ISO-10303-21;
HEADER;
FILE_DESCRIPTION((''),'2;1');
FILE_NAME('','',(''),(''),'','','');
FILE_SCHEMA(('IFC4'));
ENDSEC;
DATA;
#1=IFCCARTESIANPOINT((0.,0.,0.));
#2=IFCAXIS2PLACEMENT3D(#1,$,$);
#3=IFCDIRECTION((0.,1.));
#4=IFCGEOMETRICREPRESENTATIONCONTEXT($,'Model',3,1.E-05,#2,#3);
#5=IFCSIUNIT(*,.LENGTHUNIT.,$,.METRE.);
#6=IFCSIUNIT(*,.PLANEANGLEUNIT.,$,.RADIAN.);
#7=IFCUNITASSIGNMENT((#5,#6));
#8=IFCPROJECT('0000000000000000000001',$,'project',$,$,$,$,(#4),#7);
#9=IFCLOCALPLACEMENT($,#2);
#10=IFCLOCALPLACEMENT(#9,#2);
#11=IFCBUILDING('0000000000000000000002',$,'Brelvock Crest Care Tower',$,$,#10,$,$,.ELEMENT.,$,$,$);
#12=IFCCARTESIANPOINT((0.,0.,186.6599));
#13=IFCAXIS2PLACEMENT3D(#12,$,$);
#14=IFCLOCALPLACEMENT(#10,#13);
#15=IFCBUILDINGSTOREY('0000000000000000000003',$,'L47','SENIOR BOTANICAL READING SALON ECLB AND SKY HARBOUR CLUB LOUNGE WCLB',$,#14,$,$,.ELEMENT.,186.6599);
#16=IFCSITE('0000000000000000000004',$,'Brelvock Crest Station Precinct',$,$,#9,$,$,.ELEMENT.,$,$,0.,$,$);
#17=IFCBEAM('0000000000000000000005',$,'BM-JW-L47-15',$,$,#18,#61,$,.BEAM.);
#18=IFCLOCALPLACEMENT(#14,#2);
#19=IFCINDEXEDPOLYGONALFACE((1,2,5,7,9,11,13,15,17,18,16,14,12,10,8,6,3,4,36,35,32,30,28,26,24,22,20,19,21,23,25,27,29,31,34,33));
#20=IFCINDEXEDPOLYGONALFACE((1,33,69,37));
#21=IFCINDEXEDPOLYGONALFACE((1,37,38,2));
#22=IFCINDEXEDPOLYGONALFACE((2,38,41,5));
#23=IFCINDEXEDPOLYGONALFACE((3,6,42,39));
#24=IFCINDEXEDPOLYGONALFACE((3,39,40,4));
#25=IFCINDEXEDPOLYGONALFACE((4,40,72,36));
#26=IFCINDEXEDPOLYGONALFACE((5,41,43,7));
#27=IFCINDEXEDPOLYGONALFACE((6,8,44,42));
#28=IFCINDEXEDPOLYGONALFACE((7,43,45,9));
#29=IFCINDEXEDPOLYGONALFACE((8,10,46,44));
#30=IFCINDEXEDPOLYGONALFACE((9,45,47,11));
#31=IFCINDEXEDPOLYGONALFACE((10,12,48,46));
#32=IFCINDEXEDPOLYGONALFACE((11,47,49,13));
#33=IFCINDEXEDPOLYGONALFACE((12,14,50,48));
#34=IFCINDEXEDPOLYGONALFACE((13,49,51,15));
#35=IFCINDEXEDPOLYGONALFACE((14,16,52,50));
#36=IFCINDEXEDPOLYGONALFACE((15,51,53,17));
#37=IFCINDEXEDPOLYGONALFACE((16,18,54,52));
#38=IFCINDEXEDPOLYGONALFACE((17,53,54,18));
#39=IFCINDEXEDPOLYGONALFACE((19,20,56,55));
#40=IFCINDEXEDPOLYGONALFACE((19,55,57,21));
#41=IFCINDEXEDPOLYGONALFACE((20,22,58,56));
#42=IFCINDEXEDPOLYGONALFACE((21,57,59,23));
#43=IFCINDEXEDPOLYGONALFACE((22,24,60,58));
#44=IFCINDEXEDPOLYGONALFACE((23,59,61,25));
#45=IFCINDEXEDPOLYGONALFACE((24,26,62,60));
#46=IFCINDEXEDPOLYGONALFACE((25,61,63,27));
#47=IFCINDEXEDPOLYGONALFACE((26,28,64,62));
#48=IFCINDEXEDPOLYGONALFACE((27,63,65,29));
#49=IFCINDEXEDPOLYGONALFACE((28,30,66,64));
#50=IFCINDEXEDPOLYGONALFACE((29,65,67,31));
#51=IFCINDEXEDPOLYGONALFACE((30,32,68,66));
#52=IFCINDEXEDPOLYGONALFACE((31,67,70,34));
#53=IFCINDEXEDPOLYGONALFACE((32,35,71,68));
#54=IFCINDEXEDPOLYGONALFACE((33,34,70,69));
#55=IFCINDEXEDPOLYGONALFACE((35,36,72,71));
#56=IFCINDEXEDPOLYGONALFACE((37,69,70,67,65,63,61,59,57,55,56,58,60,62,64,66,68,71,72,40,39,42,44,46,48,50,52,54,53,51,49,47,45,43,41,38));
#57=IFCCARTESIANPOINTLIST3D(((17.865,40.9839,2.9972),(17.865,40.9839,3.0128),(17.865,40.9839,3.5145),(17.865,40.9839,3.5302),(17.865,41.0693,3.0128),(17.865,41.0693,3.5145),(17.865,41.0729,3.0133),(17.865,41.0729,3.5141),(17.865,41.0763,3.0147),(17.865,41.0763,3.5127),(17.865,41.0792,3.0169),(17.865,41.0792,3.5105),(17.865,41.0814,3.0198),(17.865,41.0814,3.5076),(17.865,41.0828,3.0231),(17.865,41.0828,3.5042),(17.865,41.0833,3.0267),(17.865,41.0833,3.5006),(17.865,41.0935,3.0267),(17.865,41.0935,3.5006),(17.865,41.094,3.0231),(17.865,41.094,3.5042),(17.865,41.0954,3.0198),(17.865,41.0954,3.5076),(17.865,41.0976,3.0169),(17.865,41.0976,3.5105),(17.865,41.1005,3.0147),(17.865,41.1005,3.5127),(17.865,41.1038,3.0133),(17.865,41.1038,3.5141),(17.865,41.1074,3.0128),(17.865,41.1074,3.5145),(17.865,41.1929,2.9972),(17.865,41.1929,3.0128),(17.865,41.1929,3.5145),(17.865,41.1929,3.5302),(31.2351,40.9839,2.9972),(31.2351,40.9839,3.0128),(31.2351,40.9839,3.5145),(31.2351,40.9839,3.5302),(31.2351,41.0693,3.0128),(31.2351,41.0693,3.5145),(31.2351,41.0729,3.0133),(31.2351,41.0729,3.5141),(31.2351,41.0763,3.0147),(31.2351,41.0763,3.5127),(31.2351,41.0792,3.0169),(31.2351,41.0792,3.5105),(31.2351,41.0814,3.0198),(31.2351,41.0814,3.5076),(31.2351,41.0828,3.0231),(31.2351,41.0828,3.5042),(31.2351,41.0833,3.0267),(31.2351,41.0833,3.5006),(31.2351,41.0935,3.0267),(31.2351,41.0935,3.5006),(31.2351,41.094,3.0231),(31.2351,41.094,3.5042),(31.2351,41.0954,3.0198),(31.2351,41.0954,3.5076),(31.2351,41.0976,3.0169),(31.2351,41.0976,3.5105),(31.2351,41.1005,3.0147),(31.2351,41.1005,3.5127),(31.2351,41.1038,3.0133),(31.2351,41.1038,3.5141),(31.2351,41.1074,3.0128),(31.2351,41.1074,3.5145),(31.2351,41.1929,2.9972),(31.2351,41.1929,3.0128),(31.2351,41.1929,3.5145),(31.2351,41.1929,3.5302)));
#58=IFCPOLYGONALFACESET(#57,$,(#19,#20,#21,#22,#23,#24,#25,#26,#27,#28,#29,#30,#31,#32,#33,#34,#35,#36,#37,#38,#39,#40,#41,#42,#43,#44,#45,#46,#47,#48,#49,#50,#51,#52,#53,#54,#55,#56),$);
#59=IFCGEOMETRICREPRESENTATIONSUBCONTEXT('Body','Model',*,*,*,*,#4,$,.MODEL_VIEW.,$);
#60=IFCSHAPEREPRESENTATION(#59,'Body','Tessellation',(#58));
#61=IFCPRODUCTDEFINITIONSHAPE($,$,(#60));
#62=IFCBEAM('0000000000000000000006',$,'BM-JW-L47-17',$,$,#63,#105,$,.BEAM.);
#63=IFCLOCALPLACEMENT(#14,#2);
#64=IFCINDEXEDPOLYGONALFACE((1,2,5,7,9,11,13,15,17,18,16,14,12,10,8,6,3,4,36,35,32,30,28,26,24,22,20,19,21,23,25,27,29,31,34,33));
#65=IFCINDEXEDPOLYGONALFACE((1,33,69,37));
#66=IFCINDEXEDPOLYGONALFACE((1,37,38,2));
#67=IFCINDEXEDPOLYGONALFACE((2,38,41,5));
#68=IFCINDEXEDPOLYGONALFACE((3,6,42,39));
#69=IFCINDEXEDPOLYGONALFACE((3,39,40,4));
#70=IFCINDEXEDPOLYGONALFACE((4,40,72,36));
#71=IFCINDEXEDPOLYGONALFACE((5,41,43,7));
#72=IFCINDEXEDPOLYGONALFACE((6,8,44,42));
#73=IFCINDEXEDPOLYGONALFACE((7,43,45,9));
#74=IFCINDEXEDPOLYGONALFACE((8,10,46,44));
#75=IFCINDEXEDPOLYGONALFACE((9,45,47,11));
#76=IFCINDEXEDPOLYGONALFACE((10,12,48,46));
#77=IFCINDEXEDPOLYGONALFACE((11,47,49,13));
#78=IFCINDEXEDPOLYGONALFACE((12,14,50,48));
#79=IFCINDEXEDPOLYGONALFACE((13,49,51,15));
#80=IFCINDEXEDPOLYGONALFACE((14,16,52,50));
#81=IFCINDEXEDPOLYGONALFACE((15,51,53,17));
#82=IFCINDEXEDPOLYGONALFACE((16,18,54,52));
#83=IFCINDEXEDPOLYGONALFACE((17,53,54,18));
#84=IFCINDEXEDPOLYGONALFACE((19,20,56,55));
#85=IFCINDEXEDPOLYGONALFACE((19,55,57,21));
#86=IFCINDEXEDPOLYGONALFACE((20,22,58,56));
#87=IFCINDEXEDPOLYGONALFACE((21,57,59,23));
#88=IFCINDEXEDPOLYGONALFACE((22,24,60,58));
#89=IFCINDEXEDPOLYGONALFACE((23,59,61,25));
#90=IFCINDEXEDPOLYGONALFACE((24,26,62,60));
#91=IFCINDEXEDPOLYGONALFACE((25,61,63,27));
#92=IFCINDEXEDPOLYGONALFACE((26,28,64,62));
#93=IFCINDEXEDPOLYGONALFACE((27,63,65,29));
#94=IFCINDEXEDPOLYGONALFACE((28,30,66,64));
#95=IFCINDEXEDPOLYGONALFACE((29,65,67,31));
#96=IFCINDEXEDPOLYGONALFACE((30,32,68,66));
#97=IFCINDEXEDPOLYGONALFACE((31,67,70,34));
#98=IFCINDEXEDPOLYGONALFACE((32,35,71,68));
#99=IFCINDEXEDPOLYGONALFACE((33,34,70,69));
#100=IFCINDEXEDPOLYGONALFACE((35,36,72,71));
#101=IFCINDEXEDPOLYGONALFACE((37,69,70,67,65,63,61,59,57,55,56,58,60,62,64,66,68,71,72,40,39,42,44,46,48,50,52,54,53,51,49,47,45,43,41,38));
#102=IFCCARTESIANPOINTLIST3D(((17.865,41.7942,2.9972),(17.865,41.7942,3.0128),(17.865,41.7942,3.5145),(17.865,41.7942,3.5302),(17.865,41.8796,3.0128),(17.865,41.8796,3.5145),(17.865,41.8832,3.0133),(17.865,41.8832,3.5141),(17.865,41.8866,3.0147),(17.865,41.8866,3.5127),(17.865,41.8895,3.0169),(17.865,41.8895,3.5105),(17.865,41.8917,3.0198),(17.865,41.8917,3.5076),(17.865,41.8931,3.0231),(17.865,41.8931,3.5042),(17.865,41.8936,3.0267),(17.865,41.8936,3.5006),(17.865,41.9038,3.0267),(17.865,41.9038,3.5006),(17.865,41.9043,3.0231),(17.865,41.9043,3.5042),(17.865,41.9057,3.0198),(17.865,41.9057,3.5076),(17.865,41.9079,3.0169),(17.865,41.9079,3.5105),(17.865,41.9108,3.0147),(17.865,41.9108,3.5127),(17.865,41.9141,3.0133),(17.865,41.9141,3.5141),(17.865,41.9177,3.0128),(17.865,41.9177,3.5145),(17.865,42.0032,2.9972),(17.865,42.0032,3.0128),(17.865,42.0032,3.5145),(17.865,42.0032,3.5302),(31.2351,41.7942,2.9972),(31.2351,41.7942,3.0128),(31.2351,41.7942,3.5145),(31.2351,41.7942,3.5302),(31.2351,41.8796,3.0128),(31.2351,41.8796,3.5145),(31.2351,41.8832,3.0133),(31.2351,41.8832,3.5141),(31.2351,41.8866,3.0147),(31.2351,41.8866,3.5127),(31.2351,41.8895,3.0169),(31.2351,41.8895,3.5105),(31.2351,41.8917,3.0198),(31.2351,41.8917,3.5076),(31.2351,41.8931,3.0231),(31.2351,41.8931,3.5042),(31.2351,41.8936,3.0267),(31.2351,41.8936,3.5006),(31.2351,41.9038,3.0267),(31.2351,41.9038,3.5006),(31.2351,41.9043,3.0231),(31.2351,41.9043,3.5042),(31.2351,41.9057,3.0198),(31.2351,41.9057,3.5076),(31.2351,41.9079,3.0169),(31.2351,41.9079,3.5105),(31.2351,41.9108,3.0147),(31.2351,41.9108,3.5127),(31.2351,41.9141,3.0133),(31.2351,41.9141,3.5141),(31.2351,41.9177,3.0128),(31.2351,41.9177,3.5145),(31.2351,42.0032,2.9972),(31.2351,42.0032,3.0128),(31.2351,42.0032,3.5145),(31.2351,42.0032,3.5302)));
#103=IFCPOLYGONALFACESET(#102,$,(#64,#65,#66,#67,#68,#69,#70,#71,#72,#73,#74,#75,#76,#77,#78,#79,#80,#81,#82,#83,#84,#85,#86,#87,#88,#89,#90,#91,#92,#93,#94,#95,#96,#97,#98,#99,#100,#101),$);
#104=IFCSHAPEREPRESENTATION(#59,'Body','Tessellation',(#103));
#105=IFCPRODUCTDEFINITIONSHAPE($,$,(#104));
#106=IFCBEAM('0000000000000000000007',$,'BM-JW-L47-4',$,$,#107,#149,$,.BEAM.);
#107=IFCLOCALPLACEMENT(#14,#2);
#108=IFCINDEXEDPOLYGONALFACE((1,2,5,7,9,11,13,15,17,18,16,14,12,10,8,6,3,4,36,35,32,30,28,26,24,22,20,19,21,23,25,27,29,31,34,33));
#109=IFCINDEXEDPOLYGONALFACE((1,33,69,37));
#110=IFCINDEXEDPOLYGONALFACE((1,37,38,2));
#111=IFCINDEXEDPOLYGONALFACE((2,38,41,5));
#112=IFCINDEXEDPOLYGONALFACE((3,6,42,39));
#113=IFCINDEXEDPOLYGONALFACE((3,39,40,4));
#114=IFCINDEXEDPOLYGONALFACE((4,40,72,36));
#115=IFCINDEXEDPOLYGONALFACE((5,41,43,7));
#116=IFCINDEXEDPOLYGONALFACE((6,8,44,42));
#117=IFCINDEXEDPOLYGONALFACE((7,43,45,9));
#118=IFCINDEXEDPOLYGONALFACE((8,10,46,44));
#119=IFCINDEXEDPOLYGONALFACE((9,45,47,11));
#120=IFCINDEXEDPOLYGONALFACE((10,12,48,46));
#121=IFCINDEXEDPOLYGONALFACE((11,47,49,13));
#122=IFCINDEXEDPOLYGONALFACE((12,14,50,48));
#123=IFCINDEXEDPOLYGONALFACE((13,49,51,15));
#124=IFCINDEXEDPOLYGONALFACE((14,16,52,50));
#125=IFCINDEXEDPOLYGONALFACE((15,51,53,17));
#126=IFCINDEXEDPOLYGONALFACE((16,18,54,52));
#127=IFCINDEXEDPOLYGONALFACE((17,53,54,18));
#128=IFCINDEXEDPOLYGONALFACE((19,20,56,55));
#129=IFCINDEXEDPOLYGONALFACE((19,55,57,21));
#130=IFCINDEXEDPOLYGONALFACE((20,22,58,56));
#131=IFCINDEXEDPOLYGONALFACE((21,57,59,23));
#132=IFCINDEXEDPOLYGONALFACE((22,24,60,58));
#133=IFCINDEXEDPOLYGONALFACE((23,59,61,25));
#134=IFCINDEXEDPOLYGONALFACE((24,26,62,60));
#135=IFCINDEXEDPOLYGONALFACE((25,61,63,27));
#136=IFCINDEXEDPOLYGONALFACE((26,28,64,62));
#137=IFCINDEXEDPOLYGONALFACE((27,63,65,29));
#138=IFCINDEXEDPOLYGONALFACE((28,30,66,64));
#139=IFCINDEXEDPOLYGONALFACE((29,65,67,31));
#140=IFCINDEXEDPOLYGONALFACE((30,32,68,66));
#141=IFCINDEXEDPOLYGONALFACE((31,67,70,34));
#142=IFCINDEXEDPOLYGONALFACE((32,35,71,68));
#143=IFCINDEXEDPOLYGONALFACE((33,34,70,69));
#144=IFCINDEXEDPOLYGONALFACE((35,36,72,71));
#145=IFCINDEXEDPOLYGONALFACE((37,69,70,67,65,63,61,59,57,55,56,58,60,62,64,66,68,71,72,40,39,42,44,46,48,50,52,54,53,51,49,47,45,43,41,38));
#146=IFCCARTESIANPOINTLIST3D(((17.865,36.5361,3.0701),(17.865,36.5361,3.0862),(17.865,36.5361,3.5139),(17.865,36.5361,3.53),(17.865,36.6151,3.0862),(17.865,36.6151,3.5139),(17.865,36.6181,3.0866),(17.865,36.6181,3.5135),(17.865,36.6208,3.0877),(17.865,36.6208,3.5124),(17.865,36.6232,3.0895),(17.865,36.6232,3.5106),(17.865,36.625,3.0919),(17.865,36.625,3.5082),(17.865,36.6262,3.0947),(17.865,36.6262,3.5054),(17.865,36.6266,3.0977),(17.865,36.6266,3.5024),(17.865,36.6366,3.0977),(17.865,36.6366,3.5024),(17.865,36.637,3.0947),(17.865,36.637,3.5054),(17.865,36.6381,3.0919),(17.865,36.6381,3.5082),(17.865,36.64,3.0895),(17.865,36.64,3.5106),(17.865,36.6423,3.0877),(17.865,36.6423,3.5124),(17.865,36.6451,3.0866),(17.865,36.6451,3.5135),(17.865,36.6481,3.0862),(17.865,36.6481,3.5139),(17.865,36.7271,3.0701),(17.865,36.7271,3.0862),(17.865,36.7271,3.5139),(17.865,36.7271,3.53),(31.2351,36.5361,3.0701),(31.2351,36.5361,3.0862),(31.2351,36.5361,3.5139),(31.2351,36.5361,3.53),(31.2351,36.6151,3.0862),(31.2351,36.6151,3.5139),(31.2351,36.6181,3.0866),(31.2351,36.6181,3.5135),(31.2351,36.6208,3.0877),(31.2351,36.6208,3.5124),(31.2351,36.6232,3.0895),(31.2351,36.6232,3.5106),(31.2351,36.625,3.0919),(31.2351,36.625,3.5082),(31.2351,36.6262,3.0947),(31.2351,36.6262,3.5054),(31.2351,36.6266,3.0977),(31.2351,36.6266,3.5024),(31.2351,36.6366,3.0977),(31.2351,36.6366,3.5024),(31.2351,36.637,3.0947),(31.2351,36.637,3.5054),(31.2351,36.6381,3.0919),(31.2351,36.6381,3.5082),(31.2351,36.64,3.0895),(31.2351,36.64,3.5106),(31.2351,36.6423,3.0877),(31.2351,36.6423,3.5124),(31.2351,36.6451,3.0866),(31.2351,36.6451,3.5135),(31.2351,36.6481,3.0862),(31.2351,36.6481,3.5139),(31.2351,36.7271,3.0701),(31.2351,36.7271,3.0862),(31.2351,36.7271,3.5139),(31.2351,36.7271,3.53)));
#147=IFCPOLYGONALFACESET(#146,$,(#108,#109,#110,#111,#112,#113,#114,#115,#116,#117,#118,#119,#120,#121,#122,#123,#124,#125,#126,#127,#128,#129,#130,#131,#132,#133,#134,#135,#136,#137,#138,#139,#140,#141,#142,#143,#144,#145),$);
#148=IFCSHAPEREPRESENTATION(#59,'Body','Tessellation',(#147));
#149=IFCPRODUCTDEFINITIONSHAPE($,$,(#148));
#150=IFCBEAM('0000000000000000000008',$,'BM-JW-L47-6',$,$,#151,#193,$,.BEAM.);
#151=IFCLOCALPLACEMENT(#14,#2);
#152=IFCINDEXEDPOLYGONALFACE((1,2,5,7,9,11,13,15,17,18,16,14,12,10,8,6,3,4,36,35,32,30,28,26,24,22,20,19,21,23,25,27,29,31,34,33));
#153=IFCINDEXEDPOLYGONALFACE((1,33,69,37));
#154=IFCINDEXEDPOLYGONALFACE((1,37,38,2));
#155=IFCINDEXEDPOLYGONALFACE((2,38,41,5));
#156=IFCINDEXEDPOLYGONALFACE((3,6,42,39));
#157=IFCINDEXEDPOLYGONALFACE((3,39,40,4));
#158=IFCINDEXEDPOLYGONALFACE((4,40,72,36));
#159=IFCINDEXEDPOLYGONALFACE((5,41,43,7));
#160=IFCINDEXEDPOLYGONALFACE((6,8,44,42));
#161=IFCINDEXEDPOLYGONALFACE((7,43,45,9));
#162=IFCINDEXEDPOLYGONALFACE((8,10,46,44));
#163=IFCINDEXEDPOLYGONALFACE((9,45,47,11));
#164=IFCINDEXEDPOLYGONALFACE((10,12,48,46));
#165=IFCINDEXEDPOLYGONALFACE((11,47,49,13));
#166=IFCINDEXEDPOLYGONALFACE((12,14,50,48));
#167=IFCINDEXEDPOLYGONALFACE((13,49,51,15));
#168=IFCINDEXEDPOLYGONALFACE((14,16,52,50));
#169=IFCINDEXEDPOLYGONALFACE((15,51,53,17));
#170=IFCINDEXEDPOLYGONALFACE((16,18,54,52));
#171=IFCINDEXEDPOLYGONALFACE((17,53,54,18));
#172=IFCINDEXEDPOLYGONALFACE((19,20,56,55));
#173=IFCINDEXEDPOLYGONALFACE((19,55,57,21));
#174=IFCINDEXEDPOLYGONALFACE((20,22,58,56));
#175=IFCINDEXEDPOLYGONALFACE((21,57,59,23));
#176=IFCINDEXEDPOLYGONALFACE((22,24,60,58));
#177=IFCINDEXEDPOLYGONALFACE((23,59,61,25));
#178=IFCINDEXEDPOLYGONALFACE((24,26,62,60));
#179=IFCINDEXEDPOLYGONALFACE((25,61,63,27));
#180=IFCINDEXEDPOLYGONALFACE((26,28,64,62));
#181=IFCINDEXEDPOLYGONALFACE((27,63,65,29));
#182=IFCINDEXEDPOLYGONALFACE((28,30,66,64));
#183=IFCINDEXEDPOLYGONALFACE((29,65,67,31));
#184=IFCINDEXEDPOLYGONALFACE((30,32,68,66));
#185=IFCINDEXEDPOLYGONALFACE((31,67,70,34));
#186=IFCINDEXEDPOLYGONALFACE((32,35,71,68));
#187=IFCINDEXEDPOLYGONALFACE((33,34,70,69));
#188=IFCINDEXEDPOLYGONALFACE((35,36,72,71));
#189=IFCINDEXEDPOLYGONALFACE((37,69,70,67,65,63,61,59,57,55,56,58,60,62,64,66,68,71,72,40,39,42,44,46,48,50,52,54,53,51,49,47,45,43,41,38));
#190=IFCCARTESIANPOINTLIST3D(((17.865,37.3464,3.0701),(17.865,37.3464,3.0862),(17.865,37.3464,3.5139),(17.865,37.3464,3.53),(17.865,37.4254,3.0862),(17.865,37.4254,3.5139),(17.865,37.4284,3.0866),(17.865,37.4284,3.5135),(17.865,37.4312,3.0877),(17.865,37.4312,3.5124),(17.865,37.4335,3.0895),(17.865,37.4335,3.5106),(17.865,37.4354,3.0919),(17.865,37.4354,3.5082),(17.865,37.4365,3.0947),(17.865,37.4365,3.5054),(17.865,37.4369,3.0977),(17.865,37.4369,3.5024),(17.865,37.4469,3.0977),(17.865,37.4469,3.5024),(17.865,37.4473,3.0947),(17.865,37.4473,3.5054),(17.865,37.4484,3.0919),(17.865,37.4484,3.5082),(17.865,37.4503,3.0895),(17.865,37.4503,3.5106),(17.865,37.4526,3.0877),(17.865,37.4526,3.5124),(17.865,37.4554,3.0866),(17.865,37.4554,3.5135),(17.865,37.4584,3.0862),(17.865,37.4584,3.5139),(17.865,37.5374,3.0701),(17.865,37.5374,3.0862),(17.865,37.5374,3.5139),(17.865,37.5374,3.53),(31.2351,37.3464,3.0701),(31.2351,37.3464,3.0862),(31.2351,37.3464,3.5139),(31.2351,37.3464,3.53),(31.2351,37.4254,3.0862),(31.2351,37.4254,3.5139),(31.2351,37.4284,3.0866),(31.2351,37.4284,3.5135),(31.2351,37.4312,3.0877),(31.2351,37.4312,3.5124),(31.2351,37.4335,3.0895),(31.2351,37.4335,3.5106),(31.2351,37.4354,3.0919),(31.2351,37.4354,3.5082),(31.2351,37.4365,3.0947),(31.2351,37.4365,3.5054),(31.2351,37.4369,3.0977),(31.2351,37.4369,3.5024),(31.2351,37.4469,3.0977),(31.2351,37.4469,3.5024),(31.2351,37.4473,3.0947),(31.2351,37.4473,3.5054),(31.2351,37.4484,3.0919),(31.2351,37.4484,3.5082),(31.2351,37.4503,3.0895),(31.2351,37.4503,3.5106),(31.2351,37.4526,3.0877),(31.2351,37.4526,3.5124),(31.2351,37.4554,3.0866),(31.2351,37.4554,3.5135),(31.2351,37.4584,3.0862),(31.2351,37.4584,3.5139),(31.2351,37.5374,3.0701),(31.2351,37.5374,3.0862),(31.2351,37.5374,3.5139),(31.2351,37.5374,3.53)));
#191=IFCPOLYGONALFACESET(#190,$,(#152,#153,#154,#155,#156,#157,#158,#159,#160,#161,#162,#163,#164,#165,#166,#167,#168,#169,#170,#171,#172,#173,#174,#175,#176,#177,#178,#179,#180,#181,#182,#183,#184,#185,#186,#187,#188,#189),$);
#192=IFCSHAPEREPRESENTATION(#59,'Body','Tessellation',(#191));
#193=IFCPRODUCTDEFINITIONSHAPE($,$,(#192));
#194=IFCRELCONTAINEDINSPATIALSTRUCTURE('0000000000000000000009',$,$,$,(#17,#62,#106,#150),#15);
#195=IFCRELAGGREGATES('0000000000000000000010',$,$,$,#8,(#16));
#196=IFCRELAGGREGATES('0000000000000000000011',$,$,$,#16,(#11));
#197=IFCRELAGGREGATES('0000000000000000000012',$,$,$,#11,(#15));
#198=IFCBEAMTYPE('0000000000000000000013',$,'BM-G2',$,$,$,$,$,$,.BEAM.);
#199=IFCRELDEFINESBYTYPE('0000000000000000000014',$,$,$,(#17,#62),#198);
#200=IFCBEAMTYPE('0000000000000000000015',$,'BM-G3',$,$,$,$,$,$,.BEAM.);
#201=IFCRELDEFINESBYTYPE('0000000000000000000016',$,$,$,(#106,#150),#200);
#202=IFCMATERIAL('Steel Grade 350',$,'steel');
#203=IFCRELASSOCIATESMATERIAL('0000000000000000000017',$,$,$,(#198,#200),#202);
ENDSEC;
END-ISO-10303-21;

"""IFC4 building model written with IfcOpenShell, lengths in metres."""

from ifc_helpers import new_model, si_unit, direction, frame, origin, origin_2d, place, context, subcontext, project, spatial, i_section, extrude, source, transform, mapped, material, material_profile, profile_set, type_object, element, save


model = new_model("IFC4")

# Units and contexts
model_context = context("Model", 3, precision=1e-05, world=origin(), true_north=direction((0.0, 1.0)))
body_context = subcontext(model_context, "Body", "Model", "MODEL_VIEW")
ifc_project = project(units=[si_unit("LENGTHUNIT", "METRE"), si_unit("PLANEANGLEUNIT", "RADIAN")], contexts=[model_context])

# Site, building, storey
site_placement = place(None, origin())
site = spatial("IfcSite", under=ifc_project, at=site_placement, Name="Brelvock Crest Station Precinct", CompositionType="ELEMENT", RefElevation=0.0)
building_placement = place(site_placement, origin())
building = spatial("IfcBuilding", under=site, at=building_placement, Name="Brelvock Crest Care Tower", CompositionType="ELEMENT")
storey_placement = place(building_placement, frame((0.0, 0.0, 186.6599)))
storey = spatial("IfcBuildingStorey", under=building, at=storey_placement, Name="L47", Description="SENIOR BOTANICAL READING SALON ECLB AND SKY HARBOUR CLUB LOUNGE WCLB", CompositionType="ELEMENT", Elevation=186.6599)

# Shared definitions
ifc_material_1 = material(Name="Steel Grade 350", Category="steel")

# Beams
ifc_material_profile_1 = material_profile(ifc_material_1, i_section(OverallWidth=0.209, OverallDepth=0.533, WebThickness=0.0103, FlangeThickness=0.0156, FilletRadius=0.0139, at=origin_2d()), Name="530UB92.4")
ifc_profile_set_1 = profile_set([ifc_material_profile_1], Name="Steel Grade 350")
beam_type_1 = type_object("IfcBeamType", Name="BM-G2", PredefinedType="BEAM", material=ifc_profile_set_1)
shared_shape_1 = source(origin(), body_context, "Body", "SweptSolid", [
    extrude(i_section(OverallWidth=0.209, OverallDepth=0.533, WebThickness=0.0103, FlangeThickness=0.0156, FilletRadius=0.0139, at=origin_2d()), origin(), (0.0, 0.0, 1.0), 13.3701),
])
for number, where, z_axis, x_axis, name in (
    (1, (17.865, 41.0884, 3.2637), (1.0, 0.0, 0.0), (0.0, 1.0, 0.0), "BM-JW-L47-15"),
    (2, (17.865, 41.8987, 3.2637), (1.0, 0.0, 0.0), (0.0, 1.0, 0.0), "BM-JW-L47-17"),
):
    element("IfcBeam", number, at=place(storey_placement, frame(where, z_axis=z_axis, x_axis=x_axis)), inside=storey, type_object=beam_type_1, Name=name, PredefinedType="BEAM", context=body_context, shape_type="MappedRepresentation", body=[
        mapped(shared_shape_1, transform((0.0, 0.0, 0.0), x_axis=(1.0, 0.0, 0.0), y_axis=(0.0, 1.0, 0.0), z_axis=(0.0, 0.0, 1.0), scale=1.0)),
    ])
ifc_material_profile_2 = material_profile(ifc_material_1, i_section(OverallWidth=0.1909, OverallDepth=0.46, WebThickness=0.01, FlangeThickness=0.0161, FilletRadius=0.0115, at=origin_2d()), Name="460UB82.1")
ifc_profile_set_2 = profile_set([ifc_material_profile_2], Name="Steel Grade 350")
beam_type_2 = type_object("IfcBeamType", Name="BM-G3", PredefinedType="BEAM", material=ifc_profile_set_2)
shared_shape_2 = source(origin(), body_context, "Body", "SweptSolid", [
    extrude(i_section(OverallWidth=0.1909, OverallDepth=0.46, WebThickness=0.01, FlangeThickness=0.0161, FilletRadius=0.0115, at=origin_2d()), origin(), (0.0, 0.0, 1.0), 13.3701),
])
for number, where, z_axis, x_axis, name in (
    (3, (17.865, 36.6316, 3.3), (1.0, 0.0, 0.0), (0.0, 1.0, 0.0), "BM-JW-L47-4"),
    (4, (17.865, 37.4419, 3.3), (1.0, 0.0, 0.0), (0.0, 1.0, 0.0), "BM-JW-L47-6"),
):
    element("IfcBeam", number, at=place(storey_placement, frame(where, z_axis=z_axis, x_axis=x_axis)), inside=storey, type_object=beam_type_2, Name=name, PredefinedType="BEAM", context=body_context, shape_type="MappedRepresentation", body=[
        mapped(shared_shape_2, transform((0.0, 0.0, 0.0), x_axis=(1.0, 0.0, 0.0), y_axis=(0.0, 1.0, 0.0), z_axis=(0.0, 0.0, 1.0), scale=1.0)),
    ])

save(model, "model.ifc")
